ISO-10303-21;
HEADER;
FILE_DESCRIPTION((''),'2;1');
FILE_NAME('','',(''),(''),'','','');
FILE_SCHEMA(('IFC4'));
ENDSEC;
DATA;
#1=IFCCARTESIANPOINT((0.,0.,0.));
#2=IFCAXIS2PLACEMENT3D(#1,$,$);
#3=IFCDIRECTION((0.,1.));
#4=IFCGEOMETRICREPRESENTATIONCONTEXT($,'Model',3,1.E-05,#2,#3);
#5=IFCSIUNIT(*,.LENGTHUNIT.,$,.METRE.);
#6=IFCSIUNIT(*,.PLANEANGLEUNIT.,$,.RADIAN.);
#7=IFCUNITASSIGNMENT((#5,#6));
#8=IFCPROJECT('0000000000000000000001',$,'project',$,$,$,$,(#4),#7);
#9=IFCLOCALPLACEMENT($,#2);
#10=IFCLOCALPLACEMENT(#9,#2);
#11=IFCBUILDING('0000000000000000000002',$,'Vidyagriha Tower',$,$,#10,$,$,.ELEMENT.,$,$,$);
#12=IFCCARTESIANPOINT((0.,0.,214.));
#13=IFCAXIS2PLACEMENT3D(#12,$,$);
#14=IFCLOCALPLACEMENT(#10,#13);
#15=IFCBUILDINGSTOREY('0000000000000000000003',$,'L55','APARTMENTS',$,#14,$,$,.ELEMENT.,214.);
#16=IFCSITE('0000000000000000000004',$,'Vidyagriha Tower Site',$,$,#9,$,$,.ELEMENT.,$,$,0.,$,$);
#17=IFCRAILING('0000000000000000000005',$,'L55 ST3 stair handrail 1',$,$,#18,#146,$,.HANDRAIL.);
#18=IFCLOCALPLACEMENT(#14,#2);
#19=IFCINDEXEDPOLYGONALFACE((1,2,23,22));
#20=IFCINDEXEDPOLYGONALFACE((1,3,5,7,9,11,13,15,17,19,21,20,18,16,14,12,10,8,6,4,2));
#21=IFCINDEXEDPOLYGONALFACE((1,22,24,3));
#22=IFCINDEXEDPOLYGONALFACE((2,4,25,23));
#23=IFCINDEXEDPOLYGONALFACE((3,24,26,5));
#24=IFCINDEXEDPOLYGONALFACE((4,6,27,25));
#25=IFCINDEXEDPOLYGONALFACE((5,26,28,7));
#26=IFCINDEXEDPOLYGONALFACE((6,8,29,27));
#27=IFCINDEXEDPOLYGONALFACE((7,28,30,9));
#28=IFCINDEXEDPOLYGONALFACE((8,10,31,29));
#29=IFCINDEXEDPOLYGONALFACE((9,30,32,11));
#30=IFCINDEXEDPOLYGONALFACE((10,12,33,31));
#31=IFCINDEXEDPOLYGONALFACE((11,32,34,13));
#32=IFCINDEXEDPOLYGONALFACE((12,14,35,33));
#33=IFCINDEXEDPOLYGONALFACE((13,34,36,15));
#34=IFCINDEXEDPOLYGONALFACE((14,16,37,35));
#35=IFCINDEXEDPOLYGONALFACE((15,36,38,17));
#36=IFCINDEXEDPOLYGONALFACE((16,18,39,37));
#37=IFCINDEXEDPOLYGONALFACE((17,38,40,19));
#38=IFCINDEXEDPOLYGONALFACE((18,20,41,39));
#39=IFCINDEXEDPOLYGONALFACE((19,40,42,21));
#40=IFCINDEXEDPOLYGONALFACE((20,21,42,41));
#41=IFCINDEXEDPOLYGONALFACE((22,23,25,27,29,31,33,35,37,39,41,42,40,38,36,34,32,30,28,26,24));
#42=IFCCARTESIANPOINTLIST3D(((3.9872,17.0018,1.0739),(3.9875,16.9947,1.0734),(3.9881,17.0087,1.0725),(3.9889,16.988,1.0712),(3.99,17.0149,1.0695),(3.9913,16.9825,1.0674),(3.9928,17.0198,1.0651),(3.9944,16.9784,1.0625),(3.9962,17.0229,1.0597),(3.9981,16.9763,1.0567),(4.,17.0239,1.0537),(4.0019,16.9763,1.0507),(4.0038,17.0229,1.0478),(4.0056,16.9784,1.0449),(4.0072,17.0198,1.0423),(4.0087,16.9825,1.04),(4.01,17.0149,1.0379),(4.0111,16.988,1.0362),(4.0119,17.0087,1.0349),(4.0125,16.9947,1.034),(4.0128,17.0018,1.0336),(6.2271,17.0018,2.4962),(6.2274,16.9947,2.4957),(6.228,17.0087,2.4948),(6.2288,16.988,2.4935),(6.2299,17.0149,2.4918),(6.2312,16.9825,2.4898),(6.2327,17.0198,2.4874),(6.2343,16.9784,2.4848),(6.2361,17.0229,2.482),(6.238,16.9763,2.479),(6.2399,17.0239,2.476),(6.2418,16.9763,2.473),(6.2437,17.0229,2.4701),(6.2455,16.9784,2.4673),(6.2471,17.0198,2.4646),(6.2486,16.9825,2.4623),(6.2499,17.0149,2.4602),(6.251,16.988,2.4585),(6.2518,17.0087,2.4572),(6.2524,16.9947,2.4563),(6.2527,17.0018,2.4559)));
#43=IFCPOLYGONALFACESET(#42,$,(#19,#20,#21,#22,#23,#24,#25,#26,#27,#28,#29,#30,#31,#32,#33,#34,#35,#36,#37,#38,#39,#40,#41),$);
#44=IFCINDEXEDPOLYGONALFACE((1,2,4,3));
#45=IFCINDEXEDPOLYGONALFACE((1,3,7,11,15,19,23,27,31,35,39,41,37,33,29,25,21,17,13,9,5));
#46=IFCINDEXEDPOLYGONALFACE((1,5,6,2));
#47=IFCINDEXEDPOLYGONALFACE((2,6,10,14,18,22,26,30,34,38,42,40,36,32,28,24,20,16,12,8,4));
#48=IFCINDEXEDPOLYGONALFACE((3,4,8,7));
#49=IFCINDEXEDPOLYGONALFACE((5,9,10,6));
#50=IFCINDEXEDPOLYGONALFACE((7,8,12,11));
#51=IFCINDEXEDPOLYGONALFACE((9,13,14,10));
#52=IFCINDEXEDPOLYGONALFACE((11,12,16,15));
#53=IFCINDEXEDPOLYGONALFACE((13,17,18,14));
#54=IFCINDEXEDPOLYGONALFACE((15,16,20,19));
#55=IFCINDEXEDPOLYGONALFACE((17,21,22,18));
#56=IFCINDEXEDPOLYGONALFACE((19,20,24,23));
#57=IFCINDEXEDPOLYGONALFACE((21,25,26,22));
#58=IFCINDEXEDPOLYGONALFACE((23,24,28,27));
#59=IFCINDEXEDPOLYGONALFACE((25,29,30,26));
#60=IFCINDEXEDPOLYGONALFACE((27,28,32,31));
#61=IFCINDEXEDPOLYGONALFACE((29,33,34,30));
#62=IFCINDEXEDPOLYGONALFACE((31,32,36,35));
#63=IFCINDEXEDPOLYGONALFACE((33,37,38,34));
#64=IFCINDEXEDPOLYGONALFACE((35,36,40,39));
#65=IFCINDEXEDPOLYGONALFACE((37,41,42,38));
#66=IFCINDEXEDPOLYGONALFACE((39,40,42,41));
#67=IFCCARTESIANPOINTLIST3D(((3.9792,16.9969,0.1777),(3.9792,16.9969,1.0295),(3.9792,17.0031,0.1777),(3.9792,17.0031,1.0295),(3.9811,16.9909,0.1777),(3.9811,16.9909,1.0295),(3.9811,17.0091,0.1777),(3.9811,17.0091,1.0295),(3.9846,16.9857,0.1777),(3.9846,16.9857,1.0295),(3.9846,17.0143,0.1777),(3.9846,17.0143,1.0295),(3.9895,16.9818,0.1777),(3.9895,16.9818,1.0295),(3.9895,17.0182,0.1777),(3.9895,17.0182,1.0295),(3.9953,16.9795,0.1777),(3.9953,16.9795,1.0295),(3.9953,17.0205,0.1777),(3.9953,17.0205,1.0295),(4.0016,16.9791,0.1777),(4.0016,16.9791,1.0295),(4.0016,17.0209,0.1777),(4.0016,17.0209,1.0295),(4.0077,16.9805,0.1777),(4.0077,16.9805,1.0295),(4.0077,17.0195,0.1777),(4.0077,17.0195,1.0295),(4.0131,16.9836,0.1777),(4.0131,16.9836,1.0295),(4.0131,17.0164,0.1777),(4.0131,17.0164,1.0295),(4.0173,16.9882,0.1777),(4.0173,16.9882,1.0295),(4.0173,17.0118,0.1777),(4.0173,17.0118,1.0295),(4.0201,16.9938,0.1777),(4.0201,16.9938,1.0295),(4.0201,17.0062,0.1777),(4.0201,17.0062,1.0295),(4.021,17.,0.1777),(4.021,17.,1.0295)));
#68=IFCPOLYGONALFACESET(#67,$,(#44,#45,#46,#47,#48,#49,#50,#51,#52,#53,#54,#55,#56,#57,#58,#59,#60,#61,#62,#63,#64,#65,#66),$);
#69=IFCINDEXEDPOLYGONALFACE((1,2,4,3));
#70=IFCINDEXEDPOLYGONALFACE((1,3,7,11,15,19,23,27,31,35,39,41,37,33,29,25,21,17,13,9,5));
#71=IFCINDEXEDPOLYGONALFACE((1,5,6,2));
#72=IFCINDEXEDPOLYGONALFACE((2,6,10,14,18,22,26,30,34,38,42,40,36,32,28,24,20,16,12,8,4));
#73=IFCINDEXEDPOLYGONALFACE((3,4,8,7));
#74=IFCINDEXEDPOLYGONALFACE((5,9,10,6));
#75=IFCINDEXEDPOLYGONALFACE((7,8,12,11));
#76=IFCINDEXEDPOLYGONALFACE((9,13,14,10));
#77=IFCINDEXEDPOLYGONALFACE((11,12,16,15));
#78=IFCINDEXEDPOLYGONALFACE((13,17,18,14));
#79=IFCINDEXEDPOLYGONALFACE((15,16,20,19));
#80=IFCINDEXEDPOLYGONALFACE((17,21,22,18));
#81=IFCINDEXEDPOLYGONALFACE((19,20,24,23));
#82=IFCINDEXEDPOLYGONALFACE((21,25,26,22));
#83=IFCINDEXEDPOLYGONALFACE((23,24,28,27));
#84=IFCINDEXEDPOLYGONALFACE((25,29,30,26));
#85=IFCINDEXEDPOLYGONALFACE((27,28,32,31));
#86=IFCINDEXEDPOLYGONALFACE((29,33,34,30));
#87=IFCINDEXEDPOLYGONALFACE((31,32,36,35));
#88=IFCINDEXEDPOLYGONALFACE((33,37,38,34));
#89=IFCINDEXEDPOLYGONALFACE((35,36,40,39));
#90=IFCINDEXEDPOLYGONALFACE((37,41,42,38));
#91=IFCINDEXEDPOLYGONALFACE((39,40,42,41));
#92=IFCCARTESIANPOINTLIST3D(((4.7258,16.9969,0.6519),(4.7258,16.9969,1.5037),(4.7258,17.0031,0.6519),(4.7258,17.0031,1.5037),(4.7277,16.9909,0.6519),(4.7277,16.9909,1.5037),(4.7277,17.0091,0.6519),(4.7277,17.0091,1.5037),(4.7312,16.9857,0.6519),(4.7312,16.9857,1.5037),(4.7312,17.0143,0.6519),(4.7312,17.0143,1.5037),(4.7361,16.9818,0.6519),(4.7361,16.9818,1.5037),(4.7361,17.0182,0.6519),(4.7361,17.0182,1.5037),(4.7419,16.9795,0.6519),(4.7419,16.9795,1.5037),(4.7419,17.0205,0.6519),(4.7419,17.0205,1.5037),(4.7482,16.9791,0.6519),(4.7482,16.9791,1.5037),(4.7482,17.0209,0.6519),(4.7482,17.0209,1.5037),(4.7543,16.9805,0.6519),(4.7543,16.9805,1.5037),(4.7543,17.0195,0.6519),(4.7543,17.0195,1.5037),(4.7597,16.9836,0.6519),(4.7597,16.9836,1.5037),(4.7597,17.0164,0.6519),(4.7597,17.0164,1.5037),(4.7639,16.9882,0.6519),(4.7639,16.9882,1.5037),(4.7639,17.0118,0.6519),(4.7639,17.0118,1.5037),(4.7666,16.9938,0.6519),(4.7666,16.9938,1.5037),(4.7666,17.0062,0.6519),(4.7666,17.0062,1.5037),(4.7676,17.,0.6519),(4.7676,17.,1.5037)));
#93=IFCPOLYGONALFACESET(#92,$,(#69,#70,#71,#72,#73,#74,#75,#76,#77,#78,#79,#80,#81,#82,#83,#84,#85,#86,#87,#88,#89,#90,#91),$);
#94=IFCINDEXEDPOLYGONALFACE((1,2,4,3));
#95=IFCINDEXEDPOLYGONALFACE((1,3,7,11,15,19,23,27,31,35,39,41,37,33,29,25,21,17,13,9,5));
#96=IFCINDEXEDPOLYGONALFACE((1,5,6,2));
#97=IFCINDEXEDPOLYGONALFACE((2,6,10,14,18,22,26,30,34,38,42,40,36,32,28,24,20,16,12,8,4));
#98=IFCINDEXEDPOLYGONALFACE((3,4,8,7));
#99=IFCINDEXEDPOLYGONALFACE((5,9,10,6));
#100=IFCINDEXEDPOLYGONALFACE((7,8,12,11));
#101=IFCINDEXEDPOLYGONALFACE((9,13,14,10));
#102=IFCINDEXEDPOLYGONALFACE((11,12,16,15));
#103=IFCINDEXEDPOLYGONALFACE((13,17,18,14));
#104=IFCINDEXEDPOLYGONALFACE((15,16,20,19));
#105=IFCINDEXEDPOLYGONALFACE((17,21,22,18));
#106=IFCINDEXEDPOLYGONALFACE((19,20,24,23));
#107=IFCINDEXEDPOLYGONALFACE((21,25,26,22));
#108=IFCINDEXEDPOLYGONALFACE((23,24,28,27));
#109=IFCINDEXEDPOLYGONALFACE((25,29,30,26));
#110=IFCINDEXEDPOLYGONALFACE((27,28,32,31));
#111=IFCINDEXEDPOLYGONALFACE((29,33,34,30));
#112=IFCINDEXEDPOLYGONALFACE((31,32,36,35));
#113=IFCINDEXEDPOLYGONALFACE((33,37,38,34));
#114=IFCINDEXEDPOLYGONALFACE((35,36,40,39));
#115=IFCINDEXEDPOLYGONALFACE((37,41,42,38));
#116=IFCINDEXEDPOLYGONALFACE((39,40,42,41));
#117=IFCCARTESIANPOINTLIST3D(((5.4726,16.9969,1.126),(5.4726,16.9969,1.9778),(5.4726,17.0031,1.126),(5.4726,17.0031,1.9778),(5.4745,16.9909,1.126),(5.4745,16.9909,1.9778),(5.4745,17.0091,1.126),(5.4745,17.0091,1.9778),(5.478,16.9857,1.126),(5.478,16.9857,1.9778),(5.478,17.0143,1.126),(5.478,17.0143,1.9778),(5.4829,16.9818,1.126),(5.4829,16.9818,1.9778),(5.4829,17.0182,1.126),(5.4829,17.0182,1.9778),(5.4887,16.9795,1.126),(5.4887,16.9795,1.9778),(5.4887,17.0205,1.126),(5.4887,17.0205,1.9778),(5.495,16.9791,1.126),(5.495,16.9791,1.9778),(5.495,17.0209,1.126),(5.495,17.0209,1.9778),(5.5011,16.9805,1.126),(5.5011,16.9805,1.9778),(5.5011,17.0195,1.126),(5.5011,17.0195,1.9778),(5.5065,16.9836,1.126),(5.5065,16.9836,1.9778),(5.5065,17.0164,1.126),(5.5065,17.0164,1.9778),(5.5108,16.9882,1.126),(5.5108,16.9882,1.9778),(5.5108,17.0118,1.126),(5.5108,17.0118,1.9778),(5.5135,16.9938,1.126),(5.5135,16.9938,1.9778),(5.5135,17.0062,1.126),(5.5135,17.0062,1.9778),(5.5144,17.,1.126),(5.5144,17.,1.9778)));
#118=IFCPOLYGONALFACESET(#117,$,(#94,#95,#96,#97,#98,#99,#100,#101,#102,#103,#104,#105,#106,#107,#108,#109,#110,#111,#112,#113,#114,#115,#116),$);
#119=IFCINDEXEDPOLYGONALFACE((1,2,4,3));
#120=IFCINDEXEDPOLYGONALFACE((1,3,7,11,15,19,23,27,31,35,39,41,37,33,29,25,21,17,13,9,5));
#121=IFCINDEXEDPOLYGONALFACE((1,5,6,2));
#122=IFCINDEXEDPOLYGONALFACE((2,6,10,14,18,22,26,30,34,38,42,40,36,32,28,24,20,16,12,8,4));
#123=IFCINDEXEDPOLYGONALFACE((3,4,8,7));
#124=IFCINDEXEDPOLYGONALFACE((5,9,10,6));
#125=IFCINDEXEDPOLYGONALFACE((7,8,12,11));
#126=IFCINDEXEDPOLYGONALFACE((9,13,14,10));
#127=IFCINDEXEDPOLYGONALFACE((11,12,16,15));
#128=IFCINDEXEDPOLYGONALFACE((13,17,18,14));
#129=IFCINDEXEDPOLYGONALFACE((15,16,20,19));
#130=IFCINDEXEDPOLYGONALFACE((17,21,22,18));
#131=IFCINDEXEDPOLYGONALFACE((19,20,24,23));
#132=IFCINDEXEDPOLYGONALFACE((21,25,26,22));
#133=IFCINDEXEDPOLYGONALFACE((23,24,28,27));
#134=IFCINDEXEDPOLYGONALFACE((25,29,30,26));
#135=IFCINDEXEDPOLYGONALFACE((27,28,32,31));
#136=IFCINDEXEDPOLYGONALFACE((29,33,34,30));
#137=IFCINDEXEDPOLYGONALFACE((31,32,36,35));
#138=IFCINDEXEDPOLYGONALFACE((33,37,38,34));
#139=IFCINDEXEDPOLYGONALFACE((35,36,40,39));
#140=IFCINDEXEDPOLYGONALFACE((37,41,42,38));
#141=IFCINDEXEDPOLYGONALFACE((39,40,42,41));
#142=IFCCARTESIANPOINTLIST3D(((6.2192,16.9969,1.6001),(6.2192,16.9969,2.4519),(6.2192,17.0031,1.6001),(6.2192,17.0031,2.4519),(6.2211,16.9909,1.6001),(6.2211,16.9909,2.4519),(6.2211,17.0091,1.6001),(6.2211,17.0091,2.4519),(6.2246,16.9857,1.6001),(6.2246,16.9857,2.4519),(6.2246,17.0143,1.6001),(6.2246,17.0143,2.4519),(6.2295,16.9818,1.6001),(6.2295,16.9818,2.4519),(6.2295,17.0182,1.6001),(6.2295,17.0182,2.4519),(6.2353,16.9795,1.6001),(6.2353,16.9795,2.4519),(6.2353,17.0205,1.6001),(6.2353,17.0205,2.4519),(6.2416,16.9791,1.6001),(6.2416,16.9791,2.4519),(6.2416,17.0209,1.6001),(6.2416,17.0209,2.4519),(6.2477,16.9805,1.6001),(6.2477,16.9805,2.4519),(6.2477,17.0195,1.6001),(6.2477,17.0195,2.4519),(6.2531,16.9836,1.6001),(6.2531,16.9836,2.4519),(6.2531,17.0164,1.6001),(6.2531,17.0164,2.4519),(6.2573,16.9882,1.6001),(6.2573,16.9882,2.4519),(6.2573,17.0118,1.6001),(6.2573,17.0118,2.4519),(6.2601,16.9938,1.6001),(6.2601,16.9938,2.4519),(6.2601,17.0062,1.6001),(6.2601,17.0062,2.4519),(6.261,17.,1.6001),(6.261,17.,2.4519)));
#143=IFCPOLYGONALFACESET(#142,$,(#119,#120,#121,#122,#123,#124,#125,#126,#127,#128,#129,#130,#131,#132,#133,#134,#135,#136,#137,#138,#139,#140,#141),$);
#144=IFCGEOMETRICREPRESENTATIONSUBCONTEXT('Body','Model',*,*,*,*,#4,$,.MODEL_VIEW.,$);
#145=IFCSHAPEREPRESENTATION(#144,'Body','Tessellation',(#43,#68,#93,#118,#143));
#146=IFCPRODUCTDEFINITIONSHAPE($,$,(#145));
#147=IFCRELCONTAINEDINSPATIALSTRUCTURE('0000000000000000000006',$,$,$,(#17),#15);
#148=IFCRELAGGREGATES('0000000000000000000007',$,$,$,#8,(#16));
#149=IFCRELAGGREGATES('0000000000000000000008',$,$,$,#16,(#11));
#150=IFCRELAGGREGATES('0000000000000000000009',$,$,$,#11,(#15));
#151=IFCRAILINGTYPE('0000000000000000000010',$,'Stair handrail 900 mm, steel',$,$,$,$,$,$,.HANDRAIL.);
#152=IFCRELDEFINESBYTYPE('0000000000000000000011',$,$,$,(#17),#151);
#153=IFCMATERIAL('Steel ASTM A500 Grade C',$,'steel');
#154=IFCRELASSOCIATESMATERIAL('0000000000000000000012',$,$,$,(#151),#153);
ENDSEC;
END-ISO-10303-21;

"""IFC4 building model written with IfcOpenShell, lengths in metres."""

from ifc_helpers import new_model, si_unit, direction, frame, origin, origin_2d, place, context, subcontext, project, spatial, circle, extrude, material, type_object, element, save


model = new_model("IFC4")

# Units and contexts
model_context = context("Model", 3, precision=1e-05, world=origin(), true_north=direction((0.0, 1.0)))
body_context = subcontext(model_context, "Body", "Model", "MODEL_VIEW")
ifc_project = project(units=[si_unit("LENGTHUNIT", "METRE"), si_unit("PLANEANGLEUNIT", "RADIAN")], contexts=[model_context])

# Site, building, storey
site_placement = place(None, origin())
site = spatial("IfcSite", under=ifc_project, at=site_placement, Name="Vidyagriha Tower Site", CompositionType="ELEMENT", RefElevation=0.0)
building_placement = place(site_placement, origin())
building = spatial("IfcBuilding", under=site, at=building_placement, Name="Vidyagriha Tower", CompositionType="ELEMENT")
storey_placement = place(building_placement, frame((0.0, 0.0, 214.0)))
storey = spatial("IfcBuildingStorey", under=building, at=storey_placement, Name="L55", Description="APARTMENTS", CompositionType="ELEMENT", Elevation=214.0)

# Railing
ifc_material_1 = material(Name="Steel ASTM A500 Grade C", Category="steel")
railing_type_1 = type_object("IfcRailingType", Name="Stair handrail 900 mm, steel", PredefinedType="HANDRAIL", material=ifc_material_1)
railing_1_placement = place(storey_placement, frame((4.0, 17.0, 0.1777)))
element("IfcRailing", 1, at=railing_1_placement, inside=storey, type_object=railing_type_1, Name="L55 ST3 stair handrail 1", PredefinedType="HANDRAIL", context=body_context, shape_type="SweptSolid", body=[
    extrude(circle(Radius=0.0239, at=origin_2d()), frame((0.0, 0.0, 0.876), z_axis=(0.844188, 0.0, 0.536048), x_axis=(0.0, 1.0, 0.0)), (0.0, 0.0, 1.0), 2.6533),
    extrude(circle(Radius=0.021, at=origin_2d()), origin(), (0.0, 0.0, 1.0), 0.8518),
    extrude(circle(Radius=0.021, at=origin_2d()), frame((0.7466, 0.0, 0.4741)), (0.0, 0.0, 1.0), 0.8518),
    extrude(circle(Radius=0.021, at=origin_2d()), frame((1.4934, 0.0, 0.9482)), (0.0, 0.0, 1.0), 0.8518),
    extrude(circle(Radius=0.021, at=origin_2d()), frame((2.24, 0.0, 1.4224)), (0.0, 0.0, 1.0), 0.8518),
])

save(model, "model.ifc")
